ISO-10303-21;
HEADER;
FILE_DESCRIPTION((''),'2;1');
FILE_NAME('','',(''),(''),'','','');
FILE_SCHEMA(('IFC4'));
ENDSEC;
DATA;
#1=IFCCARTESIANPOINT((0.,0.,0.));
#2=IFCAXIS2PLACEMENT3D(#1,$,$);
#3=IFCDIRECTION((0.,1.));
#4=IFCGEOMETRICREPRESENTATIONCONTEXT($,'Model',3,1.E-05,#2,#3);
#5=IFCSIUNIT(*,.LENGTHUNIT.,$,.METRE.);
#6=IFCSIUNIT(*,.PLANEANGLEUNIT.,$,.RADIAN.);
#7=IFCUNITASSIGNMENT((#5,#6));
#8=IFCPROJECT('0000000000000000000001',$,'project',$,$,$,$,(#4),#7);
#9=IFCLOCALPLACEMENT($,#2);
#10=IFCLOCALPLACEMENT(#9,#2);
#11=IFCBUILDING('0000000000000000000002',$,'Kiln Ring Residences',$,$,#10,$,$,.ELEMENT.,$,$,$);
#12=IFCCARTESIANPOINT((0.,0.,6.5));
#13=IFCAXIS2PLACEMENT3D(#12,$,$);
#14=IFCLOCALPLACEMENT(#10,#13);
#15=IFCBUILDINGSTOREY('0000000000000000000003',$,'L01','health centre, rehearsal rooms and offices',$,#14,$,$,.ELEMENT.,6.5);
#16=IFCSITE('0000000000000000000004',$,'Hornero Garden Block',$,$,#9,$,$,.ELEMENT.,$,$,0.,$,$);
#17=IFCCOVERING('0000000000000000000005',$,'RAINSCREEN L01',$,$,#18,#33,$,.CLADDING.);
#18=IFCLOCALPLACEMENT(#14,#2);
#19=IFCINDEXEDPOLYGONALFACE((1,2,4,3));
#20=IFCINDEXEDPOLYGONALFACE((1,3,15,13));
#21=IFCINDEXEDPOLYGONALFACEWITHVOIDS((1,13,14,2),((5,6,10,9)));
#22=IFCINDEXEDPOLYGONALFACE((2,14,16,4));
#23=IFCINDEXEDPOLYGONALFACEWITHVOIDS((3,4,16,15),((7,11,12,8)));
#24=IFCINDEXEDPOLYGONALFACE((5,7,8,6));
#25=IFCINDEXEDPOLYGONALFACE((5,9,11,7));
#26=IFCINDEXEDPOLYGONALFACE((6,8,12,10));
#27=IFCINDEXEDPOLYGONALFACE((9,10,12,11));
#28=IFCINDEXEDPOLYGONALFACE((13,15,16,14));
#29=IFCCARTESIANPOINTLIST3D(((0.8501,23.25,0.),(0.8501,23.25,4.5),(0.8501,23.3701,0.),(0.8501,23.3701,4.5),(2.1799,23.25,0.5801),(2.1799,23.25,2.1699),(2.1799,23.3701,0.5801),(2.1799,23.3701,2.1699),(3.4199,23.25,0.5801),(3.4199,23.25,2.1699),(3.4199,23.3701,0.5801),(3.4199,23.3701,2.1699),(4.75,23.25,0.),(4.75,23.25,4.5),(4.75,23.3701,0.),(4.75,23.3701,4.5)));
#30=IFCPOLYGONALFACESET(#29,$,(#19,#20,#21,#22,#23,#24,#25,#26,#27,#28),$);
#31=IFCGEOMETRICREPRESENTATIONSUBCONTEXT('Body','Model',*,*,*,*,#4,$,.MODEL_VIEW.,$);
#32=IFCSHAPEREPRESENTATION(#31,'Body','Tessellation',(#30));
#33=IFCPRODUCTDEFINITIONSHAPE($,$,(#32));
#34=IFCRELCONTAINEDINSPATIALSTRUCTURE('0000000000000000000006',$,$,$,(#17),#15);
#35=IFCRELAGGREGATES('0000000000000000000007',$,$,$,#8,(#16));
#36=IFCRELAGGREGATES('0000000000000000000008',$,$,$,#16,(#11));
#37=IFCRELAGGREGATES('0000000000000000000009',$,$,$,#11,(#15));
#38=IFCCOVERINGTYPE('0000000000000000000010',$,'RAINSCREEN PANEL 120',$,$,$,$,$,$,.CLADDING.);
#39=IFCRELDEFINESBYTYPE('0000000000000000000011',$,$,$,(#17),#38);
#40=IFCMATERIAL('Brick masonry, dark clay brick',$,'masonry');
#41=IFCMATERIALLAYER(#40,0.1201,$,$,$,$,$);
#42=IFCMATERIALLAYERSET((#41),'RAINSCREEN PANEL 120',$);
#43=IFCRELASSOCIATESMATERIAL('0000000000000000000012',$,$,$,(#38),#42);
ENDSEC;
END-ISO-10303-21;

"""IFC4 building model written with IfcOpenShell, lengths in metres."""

from ifc_helpers import new_model, si_unit, direction, frame, origin, place, context, subcontext, project, spatial, polyline, outline, extrude, material, layer, layer_set, type_object, element, save


model = new_model("IFC4")

# Units and contexts
model_context = context("Model", 3, precision=1e-05, world=origin(), true_north=direction((0.0, 1.0)))
body_context = subcontext(model_context, "Body", "Model", "MODEL_VIEW")
ifc_project = project(units=[si_unit("LENGTHUNIT", "METRE"), si_unit("PLANEANGLEUNIT", "RADIAN")], contexts=[model_context])

# Site, building, storey
site_placement = place(None, origin())
site = spatial("IfcSite", under=ifc_project, at=site_placement, Name="Hornero Garden Block", CompositionType="ELEMENT", RefElevation=0.0)
building_placement = place(site_placement, origin())
building = spatial("IfcBuilding", under=site, at=building_placement, Name="Kiln Ring Residences", CompositionType="ELEMENT")
storey_placement = place(building_placement, frame((0.0, 0.0, 6.5)))
storey = spatial("IfcBuildingStorey", under=building, at=storey_placement, Name="L01", Description="health centre, rehearsal rooms and offices", CompositionType="ELEMENT", Elevation=6.5)

# Covering
ifc_material_1 = material(Name="Brick masonry, dark clay brick", Category="masonry")
ifc_layer_1 = layer(ifc_material_1, 0.1201)
ifc_layer_set_1 = layer_set([ifc_layer_1], Name="RAINSCREEN PANEL 120")
covering_type = type_object("IfcCoveringType", Name="RAINSCREEN PANEL 120", PredefinedType="CLADDING", material=ifc_layer_set_1)
covering_1_placement = place(storey_placement, frame((4.75, 23.3101, 0.0), z_axis=(0.0, 0.0, 1.0), x_axis=(-1.0, 0.0, 0.0)))
element("IfcCovering", 1, at=covering_1_placement, inside=storey, type_object=covering_type, Name="RAINSCREEN L01", PredefinedType="CLADDING", context=body_context, shape_type="SweptSolid", body=[
    extrude(outline(polyline([(0.0, 0.0), (3.8999, 0.0), (3.8999, 4.5), (0.0, 4.5), (0.0, 0.0)]), holes=[polyline([(1.3301, 2.1699), (1.3301, 0.5801), (2.5701, 0.5801), (2.5701, 2.1699), (1.3301, 2.1699)])]), frame((0.0, 0.0601, 0.0), z_axis=(0.0, -1.0, 0.0), x_axis=(1.0, 0.0, 0.0)), (0.0, 0.0, 1.0), 0.1201),
])

save(model, "model.ifc")
